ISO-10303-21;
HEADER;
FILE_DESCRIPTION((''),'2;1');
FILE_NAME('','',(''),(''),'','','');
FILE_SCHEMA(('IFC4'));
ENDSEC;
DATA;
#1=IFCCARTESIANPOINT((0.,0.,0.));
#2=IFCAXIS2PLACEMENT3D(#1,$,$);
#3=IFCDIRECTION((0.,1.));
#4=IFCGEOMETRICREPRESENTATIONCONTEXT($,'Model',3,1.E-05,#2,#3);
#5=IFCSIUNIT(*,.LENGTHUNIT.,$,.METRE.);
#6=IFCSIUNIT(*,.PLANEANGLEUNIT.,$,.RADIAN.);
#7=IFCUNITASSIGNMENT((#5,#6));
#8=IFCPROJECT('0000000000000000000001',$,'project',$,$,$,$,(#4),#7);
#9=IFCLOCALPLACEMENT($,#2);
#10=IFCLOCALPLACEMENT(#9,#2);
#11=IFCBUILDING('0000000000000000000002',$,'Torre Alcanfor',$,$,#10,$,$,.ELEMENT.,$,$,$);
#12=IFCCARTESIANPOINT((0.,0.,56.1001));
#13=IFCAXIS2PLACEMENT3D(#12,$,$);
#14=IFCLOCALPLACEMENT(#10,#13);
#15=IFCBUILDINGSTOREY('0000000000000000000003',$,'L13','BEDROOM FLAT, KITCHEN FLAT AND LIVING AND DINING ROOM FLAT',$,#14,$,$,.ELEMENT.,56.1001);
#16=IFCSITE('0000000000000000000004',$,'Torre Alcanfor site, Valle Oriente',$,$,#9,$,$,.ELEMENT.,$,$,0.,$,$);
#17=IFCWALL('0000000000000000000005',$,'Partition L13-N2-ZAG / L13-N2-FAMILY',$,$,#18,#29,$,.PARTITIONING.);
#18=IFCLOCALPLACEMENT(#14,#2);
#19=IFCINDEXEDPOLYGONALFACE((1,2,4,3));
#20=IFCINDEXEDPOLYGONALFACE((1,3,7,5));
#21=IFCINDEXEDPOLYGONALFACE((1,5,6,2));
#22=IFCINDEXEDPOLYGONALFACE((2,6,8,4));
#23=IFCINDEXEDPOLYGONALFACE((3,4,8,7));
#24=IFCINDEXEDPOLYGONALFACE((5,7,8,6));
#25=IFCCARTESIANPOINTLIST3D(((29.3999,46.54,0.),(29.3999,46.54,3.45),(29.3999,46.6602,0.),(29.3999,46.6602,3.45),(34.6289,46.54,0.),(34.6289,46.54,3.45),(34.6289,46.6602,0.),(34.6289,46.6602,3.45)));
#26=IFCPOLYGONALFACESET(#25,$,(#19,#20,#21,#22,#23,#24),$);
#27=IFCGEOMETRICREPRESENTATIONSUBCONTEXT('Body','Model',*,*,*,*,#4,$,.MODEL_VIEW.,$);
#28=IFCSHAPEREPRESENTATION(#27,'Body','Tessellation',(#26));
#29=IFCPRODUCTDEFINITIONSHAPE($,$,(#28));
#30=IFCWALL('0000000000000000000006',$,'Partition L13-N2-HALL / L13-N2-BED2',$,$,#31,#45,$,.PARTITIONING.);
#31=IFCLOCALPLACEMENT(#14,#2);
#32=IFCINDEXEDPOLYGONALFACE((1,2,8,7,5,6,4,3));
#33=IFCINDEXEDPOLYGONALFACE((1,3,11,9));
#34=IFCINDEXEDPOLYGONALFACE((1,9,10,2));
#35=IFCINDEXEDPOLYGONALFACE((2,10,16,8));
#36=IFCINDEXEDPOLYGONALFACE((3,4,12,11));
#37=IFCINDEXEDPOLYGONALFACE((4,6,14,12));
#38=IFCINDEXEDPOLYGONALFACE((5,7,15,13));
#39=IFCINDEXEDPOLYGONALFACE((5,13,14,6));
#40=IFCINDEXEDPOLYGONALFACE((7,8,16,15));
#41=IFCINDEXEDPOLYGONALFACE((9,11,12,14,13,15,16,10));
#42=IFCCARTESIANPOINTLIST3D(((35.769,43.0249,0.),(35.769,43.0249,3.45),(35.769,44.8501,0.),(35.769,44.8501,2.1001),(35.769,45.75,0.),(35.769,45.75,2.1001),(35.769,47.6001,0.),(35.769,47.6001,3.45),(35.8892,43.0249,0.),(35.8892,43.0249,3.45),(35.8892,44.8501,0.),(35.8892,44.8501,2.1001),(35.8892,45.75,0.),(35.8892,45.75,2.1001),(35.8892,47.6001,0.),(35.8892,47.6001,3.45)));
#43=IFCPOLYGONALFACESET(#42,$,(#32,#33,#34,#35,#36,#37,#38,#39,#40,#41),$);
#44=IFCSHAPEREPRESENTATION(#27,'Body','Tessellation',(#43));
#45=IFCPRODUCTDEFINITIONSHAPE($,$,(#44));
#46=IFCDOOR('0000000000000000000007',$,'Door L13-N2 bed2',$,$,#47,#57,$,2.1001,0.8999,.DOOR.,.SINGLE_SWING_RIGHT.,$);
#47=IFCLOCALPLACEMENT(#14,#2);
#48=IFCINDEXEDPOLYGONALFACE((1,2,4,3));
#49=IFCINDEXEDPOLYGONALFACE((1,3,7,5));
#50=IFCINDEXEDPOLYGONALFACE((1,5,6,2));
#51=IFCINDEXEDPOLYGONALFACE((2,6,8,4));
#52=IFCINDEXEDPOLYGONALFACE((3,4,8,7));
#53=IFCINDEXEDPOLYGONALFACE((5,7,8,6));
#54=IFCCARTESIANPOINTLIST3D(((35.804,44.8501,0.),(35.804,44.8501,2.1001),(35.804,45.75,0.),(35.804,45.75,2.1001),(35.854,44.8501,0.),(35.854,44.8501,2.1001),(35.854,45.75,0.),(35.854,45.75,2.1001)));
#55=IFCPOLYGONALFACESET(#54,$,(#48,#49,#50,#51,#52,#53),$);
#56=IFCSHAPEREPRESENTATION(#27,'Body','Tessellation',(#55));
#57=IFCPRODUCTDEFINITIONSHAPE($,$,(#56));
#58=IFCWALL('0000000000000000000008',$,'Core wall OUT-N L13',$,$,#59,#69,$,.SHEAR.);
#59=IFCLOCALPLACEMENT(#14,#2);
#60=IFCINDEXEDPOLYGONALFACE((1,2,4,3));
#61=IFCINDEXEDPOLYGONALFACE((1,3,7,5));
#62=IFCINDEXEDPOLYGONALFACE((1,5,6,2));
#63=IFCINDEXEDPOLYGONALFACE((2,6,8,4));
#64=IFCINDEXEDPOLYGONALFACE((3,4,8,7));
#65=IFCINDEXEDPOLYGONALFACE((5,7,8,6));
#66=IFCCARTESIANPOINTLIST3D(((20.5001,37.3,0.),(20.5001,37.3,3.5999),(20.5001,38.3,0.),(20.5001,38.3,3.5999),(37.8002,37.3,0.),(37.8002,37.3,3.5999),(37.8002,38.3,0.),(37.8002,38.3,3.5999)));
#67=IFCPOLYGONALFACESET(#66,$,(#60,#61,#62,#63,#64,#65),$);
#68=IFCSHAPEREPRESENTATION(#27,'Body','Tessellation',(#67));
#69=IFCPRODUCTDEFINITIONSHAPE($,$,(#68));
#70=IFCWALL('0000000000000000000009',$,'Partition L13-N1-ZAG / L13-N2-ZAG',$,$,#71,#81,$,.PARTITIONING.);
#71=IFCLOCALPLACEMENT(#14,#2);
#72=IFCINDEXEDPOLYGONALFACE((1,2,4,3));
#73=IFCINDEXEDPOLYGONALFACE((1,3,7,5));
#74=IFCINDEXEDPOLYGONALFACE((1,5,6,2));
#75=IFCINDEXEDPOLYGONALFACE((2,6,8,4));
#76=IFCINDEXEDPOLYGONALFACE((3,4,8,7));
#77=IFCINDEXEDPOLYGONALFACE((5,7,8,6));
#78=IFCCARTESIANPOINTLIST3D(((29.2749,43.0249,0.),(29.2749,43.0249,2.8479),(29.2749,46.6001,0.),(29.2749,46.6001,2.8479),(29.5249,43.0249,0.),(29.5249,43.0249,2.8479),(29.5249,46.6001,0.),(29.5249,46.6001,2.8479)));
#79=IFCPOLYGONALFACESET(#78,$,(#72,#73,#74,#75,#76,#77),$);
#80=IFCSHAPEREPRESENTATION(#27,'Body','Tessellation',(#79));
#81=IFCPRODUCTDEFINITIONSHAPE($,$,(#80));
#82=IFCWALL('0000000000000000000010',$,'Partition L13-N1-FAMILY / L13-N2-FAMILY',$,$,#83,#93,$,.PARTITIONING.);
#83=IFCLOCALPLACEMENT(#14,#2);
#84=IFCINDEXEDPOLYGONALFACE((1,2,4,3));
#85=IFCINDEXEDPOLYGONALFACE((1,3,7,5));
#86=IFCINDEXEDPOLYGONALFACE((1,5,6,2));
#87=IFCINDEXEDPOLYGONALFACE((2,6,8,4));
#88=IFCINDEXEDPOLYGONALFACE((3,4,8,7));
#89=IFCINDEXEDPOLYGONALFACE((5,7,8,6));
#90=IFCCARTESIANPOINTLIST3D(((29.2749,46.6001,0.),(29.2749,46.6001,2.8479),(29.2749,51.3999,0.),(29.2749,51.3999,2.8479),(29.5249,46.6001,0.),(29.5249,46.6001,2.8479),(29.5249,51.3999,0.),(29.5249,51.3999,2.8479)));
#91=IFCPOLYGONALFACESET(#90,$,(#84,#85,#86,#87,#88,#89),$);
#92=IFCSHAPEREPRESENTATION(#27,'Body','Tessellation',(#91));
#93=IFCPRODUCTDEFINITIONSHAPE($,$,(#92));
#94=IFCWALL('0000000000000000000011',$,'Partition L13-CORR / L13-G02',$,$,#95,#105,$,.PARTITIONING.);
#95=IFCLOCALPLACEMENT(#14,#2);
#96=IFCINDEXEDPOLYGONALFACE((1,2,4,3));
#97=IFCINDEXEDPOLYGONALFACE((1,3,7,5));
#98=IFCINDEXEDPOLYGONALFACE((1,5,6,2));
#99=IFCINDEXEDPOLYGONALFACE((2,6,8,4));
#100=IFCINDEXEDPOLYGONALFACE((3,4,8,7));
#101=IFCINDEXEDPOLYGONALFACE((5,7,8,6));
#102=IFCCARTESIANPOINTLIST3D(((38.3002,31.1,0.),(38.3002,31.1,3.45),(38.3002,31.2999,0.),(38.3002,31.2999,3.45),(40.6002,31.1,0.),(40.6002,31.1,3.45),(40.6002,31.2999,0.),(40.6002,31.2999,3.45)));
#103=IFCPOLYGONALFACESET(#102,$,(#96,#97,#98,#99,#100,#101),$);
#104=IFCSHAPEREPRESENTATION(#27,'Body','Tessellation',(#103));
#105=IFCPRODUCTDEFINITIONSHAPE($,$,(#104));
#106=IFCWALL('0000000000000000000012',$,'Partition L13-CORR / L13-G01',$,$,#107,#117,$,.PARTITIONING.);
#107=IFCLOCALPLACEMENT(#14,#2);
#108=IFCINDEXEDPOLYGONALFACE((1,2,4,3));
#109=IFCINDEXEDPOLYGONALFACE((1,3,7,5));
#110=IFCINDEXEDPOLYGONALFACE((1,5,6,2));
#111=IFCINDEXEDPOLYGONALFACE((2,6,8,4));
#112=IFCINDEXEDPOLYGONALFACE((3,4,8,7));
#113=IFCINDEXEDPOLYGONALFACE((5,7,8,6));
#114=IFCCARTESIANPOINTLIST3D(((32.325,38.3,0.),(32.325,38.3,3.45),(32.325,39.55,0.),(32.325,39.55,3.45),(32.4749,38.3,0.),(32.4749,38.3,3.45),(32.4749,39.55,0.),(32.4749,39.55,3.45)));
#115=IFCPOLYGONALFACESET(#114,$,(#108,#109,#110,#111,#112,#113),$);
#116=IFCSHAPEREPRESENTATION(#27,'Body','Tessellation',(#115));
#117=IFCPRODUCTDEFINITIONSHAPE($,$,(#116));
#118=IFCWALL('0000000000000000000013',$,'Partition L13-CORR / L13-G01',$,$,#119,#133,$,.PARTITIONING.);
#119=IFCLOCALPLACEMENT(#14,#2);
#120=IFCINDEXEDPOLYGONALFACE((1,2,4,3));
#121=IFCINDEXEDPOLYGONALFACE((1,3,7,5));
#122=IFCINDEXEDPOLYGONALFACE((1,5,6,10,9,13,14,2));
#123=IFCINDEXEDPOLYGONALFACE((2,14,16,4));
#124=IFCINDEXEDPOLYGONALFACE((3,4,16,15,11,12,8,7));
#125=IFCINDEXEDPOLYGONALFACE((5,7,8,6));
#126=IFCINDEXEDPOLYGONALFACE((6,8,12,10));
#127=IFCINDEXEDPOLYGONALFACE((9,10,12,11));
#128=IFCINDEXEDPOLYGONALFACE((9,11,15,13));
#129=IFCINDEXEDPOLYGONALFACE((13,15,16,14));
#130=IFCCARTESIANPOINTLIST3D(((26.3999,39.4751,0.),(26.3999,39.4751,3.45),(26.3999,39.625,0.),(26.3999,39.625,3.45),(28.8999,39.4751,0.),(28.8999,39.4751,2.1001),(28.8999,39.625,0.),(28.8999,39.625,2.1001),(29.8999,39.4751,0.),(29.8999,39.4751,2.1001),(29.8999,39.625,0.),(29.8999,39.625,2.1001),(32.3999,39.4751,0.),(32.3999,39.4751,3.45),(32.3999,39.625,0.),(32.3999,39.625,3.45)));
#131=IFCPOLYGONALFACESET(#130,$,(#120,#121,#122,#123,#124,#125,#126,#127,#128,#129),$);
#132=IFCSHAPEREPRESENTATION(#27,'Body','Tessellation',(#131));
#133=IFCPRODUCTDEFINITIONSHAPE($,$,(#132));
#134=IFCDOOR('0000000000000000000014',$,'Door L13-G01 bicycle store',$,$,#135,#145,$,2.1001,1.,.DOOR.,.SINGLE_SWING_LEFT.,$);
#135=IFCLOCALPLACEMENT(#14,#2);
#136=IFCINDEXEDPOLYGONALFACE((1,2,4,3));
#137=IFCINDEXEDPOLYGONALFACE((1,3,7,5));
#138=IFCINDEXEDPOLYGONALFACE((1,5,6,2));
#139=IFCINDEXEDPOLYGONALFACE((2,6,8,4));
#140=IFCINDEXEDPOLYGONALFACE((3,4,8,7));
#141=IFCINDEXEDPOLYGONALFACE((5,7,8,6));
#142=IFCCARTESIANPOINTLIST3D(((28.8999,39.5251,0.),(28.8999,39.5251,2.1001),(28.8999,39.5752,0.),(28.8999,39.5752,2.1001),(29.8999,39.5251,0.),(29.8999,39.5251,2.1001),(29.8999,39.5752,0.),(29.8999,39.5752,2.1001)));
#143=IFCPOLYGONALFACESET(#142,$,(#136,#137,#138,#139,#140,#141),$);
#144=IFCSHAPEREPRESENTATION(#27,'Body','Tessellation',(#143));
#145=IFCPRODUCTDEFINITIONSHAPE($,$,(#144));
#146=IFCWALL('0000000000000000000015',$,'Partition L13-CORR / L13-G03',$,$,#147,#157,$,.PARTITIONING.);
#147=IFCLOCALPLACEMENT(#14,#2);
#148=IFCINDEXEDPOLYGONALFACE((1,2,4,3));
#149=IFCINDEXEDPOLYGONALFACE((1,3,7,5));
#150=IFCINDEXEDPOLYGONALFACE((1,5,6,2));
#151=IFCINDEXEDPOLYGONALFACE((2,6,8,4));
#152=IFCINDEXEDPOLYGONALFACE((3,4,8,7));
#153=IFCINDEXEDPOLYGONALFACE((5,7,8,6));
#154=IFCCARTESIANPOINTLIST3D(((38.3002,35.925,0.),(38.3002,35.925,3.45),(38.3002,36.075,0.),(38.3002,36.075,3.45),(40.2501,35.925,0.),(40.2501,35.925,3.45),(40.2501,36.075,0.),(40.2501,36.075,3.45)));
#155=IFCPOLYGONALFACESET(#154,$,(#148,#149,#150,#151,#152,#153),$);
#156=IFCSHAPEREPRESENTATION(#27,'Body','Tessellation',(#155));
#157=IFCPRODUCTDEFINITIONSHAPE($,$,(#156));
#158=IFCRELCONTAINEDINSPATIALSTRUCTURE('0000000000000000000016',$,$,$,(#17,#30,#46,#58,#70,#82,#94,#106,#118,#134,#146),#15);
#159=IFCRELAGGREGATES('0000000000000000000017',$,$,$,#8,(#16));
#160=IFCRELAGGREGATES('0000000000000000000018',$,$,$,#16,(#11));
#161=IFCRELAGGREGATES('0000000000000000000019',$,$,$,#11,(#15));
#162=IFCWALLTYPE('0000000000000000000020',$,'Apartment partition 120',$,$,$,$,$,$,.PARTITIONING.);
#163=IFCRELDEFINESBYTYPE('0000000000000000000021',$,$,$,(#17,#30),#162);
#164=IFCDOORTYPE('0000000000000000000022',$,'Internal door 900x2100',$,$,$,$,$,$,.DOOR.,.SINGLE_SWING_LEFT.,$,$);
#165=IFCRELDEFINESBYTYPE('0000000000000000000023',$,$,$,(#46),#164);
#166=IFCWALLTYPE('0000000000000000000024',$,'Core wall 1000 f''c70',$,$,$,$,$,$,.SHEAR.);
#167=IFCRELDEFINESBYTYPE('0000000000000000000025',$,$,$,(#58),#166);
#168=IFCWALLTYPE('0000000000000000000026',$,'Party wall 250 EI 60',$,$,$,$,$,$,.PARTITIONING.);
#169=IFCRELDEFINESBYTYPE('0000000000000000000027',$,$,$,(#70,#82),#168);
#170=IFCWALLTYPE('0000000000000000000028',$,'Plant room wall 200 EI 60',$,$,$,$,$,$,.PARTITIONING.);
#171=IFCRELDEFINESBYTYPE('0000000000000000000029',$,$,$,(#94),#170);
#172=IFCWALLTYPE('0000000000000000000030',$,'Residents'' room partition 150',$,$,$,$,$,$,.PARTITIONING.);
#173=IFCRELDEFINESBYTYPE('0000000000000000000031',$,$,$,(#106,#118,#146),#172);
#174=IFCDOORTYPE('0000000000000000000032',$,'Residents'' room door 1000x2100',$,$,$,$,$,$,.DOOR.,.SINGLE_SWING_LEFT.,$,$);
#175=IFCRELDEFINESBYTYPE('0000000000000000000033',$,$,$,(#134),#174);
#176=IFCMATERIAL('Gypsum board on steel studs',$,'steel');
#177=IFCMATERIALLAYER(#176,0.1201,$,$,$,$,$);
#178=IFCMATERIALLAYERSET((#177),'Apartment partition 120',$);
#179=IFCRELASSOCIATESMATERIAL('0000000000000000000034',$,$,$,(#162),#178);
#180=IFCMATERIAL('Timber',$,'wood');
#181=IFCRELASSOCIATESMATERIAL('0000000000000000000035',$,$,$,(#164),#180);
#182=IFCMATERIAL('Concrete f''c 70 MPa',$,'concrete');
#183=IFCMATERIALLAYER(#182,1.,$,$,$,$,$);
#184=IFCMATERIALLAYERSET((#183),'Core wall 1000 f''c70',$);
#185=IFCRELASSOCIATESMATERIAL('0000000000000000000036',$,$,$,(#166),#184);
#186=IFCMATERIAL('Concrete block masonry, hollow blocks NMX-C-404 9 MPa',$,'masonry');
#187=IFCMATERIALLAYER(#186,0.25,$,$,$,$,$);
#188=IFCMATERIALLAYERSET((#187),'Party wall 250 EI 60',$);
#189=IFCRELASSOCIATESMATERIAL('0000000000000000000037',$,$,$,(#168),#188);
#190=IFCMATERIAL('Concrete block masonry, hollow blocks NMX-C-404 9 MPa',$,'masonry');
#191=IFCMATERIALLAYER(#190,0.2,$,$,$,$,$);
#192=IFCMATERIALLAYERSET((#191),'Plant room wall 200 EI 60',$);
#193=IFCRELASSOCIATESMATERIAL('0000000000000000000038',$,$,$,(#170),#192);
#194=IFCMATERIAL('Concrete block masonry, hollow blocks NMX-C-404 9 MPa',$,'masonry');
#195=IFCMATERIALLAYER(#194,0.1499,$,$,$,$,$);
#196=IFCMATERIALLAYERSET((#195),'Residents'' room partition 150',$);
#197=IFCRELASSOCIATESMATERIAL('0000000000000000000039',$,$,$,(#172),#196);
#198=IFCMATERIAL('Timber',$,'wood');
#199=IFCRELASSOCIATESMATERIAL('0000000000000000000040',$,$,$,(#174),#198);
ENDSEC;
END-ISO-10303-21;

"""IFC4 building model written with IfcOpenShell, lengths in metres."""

from ifc_helpers import new_model, si_unit, direction, frame, frame_2d, origin, place, context, subcontext, project, spatial, rectangle, extrude, material, layer, layer_set, type_object, element, fill, save


model = new_model("IFC4")

# Units and contexts
model_context = context("Model", 3, precision=1e-05, world=origin(), true_north=direction((0.0, 1.0)))
body_context = subcontext(model_context, "Body", "Model", "MODEL_VIEW")
ifc_project = project(units=[si_unit("LENGTHUNIT", "METRE"), si_unit("PLANEANGLEUNIT", "RADIAN")], contexts=[model_context])

# Site, building, storey
site_placement = place(None, origin())
site = spatial("IfcSite", under=ifc_project, at=site_placement, Name="Torre Alcanfor site, Valle Oriente", CompositionType="ELEMENT", RefElevation=0.0)
building_placement = place(site_placement, origin())
building = spatial("IfcBuilding", under=site, at=building_placement, Name="Torre Alcanfor", CompositionType="ELEMENT")
storey_placement = place(building_placement, frame((0.0, 0.0, 56.1001)))
storey = spatial("IfcBuildingStorey", under=building, at=storey_placement, Name="L13", Description="BEDROOM FLAT, KITCHEN FLAT AND LIVING AND DINING ROOM FLAT", CompositionType="ELEMENT", Elevation=56.1001)

# Wall
ifc_material_1 = material(Name="Gypsum board on steel studs", Category="steel")
ifc_layer_1 = layer(ifc_material_1, 0.1201)
ifc_layer_set_1 = layer_set([ifc_layer_1], Name="Apartment partition 120")
wall_type_1 = type_object("IfcWallType", Name="Apartment partition 120", PredefinedType="PARTITIONING", material=ifc_layer_set_1)
wall_1_placement = place(storey_placement, frame((29.3999, 46.6001, 0.0), z_axis=(0.0, 0.0, 1.0), x_axis=(1.0, 0.0, 0.0)))
element("IfcWall", 1, at=wall_1_placement, inside=storey, type_object=wall_type_1, Name="Partition L13-N2-ZAG / L13-N2-FAMILY", PredefinedType="PARTITIONING", context=body_context, shape_type="SweptSolid", body=[
    extrude(rectangle(XDim=5.229, YDim=0.1201, at=frame_2d((2.6145, 0.0))), origin(), (0.0, 0.0, 1.0), 3.45),
])

# Wall, opening, door
wall_2_placement = place(storey_placement, frame((35.8291, 47.6001, 0.0), z_axis=(0.0, 0.0, 1.0), x_axis=(0.0, -1.0, 0.0)))
wall_2 = element("IfcWall", 2, at=wall_2_placement, inside=storey, type_object=wall_type_1, Name="Partition L13-N2-HALL / L13-N2-BED2", PredefinedType="PARTITIONING", context=body_context, shape_type="SweptSolid", body=[
    extrude(rectangle(XDim=4.5752, YDim=0.1201, at=frame_2d((2.2876, 0.0))), origin(), (0.0, 0.0, 1.0), 3.45),
])
opening_1_placement = place(wall_2_placement, frame((1.8501, 0.0, 0.0)))
opening_1 = element("IfcOpeningElement", 3, at=opening_1_placement, cuts=wall_2, PredefinedType="OPENING", context=body_context, shape_type="SweptSolid", body=[
    extrude(rectangle(XDim=0.8999, YDim=2.1001, at=frame_2d((0.45, 1.05))), frame((0.0, 0.0701, 0.0), z_axis=(0.0, -1.0, 0.0), x_axis=(1.0, 0.0, 0.0)), (0.0, 0.0, 1.0), 0.1401),
])
ifc_material_2 = material(Name="Timber", Category="wood")
door_type_1 = type_object("IfcDoorType", Name="Internal door 900x2100", OperationType="SINGLE_SWING_LEFT", PredefinedType="DOOR", material=ifc_material_2)
door_1_placement = place(opening_1_placement, origin())
door_1 = element("IfcDoor", 4, at=door_1_placement, inside=storey, type_object=door_type_1, Name="Door L13-N2 bed2", OperationType="SINGLE_SWING_RIGHT", OverallHeight=2.1001, OverallWidth=0.8999, PredefinedType="DOOR", context=body_context, shape_type="SweptSolid", body=[
    extrude(rectangle(XDim=0.8999, YDim=2.1001, at=frame_2d((0.45, 1.05))), frame((0.0, 0.0249, 0.0), z_axis=(0.0, -1.0, 0.0), x_axis=(1.0, 0.0, 0.0)), (0.0, 0.0, 1.0), 0.05),
])
fill(opening_1, door_1)

# Walls
ifc_material_3 = material(Name="Concrete f'c 70 MPa", Category="concrete")
ifc_layer_2 = layer(ifc_material_3, 1.0)
ifc_layer_set_2 = layer_set([ifc_layer_2], Name="Core wall 1000 f'c70")
wall_type_2 = type_object("IfcWallType", Name="Core wall 1000 f'c70", PredefinedType="SHEAR", material=ifc_layer_set_2)
wall_3_placement = place(storey_placement, frame((37.8, 37.8, 0.0), z_axis=(0.0, 0.0, 1.0), x_axis=(-1.0, 0.0, 0.0)))
element("IfcWall", 5, at=wall_3_placement, inside=storey, type_object=wall_type_2, Name="Core wall OUT-N L13", PredefinedType="SHEAR", context=body_context, shape_type="SweptSolid", body=[
    extrude(rectangle(XDim=17.3, YDim=1.0, at=frame_2d((8.6499, 0.0))), origin(), (0.0, 0.0, 1.0), 3.5999),
])
ifc_material_4 = material(Name="Concrete block masonry, hollow blocks NMX-C-404 9 MPa", Category="masonry")
ifc_layer_3 = layer(ifc_material_4, 0.25)
ifc_layer_set_3 = layer_set([ifc_layer_3], Name="Party wall 250 EI 60")
wall_type_3 = type_object("IfcWallType", Name="Party wall 250 EI 60", PredefinedType="PARTITIONING", material=ifc_layer_set_3)
wall_4_placement = place(storey_placement, frame((29.3999, 43.0249, 0.0), z_axis=(0.0, 0.0, 1.0), x_axis=(0.0, 1.0, 0.0)))
element("IfcWall", 6, at=wall_4_placement, inside=storey, type_object=wall_type_3, Name="Partition L13-N1-ZAG / L13-N2-ZAG", PredefinedType="PARTITIONING", context=body_context, shape_type="SweptSolid", body=[
    extrude(rectangle(XDim=3.5752, YDim=0.25, at=frame_2d((1.7876, 0.0))), origin(), (0.0, 0.0, 1.0), 2.8479),
])
wall_5_placement = place(storey_placement, frame((29.3999, 46.6001, 0.0), z_axis=(0.0, 0.0, 1.0), x_axis=(0.0, 1.0, 0.0)))
element("IfcWall", 7, at=wall_5_placement, inside=storey, type_object=wall_type_3, Name="Partition L13-N1-FAMILY / L13-N2-FAMILY", PredefinedType="PARTITIONING", context=body_context, shape_type="SweptSolid", body=[
    extrude(rectangle(XDim=4.7998, YDim=0.25, at=frame_2d((2.3999, 0.0))), origin(), (0.0, 0.0, 1.0), 2.8479),
])
ifc_material_5 = material(Name="Concrete block masonry, hollow blocks NMX-C-404 9 MPa", Category="masonry")
ifc_layer_4 = layer(ifc_material_5, 0.2)
ifc_layer_set_4 = layer_set([ifc_layer_4], Name="Plant room wall 200 EI 60")
wall_type_4 = type_object("IfcWallType", Name="Plant room wall 200 EI 60", PredefinedType="PARTITIONING", material=ifc_layer_set_4)
wall_6_placement = place(storey_placement, frame((40.6001, 31.2, 0.0), z_axis=(0.0, 0.0, 1.0), x_axis=(-1.0, 0.0, 0.0)))
element("IfcWall", 8, at=wall_6_placement, inside=storey, type_object=wall_type_4, Name="Partition L13-CORR / L13-G02", PredefinedType="PARTITIONING", context=body_context, shape_type="SweptSolid", body=[
    extrude(rectangle(XDim=2.3, YDim=0.2, at=frame_2d((1.1499, 0.0))), origin(), (0.0, 0.0, 1.0), 3.45),
])
ifc_material_6 = material(Name="Concrete block masonry, hollow blocks NMX-C-404 9 MPa", Category="masonry")
ifc_layer_5 = layer(ifc_material_6, 0.1499)
ifc_layer_set_5 = layer_set([ifc_layer_5], Name="Residents' room partition 150")
wall_type_5 = type_object("IfcWallType", Name="Residents' room partition 150", PredefinedType="PARTITIONING", material=ifc_layer_set_5)
wall_7_placement = place(storey_placement, frame((32.3999, 38.3, 0.0), z_axis=(0.0, 0.0, 1.0), x_axis=(0.0, 1.0, 0.0)))
element("IfcWall", 9, at=wall_7_placement, inside=storey, type_object=wall_type_5, Name="Partition L13-CORR / L13-G01", PredefinedType="PARTITIONING", context=body_context, shape_type="SweptSolid", body=[
    extrude(rectangle(XDim=1.25, YDim=0.1499, at=frame_2d((0.625, 0.0))), origin(), (0.0, 0.0, 1.0), 3.45),
])

# Wall, opening, door
wall_8_placement = place(storey_placement, frame((32.3999, 39.55, 0.0), z_axis=(0.0, 0.0, 1.0), x_axis=(-1.0, 0.0, 0.0)))
wall_8 = element("IfcWall", 10, at=wall_8_placement, inside=storey, type_object=wall_type_5, Name="Partition L13-CORR / L13-G01", PredefinedType="PARTITIONING", context=body_context, shape_type="SweptSolid", body=[
    extrude(rectangle(XDim=6.0, YDim=0.1499, at=frame_2d((3.0, 0.0))), origin(), (0.0, 0.0, 1.0), 3.45),
])
opening_2_placement = place(wall_8_placement, frame((2.5, 0.0, 0.0)))
opening_2 = element("IfcOpeningElement", 11, at=opening_2_placement, cuts=wall_8, PredefinedType="OPENING", context=body_context, shape_type="SweptSolid", body=[
    extrude(rectangle(XDim=1.0, YDim=2.1001, at=frame_2d((0.5, 1.05))), frame((0.0, 0.085, 0.0), z_axis=(0.0, -1.0, 0.0), x_axis=(1.0, 0.0, 0.0)), (0.0, 0.0, 1.0), 0.1699),
])
ifc_material_7 = material(Name="Timber", Category="wood")
door_type_2 = type_object("IfcDoorType", Name="Residents' room door 1000x2100", OperationType="SINGLE_SWING_LEFT", PredefinedType="DOOR", material=ifc_material_7)
door_2_placement = place(opening_2_placement, origin())
door_2 = element("IfcDoor", 12, at=door_2_placement, inside=storey, type_object=door_type_2, Name="Door L13-G01 bicycle store", OperationType="SINGLE_SWING_LEFT", OverallHeight=2.1001, OverallWidth=1.0, PredefinedType="DOOR", context=body_context, shape_type="SweptSolid", body=[
    extrude(rectangle(XDim=1.0, YDim=2.1001, at=frame_2d((0.5, 1.05))), frame((0.0, 0.0249, 0.0), z_axis=(0.0, -1.0, 0.0), x_axis=(1.0, 0.0, 0.0)), (0.0, 0.0, 1.0), 0.05),
])
fill(opening_2, door_2)

# Wall
wall_9_placement = place(storey_placement, frame((38.3, 36.0, 0.0), z_axis=(0.0, 0.0, 1.0), x_axis=(1.0, 0.0, 0.0)))
element("IfcWall", 13, at=wall_9_placement, inside=storey, type_object=wall_type_5, Name="Partition L13-CORR / L13-G03", PredefinedType="PARTITIONING", context=body_context, shape_type="SweptSolid", body=[
    extrude(rectangle(XDim=1.95, YDim=0.1499, at=frame_2d((0.9751, 0.0))), origin(), (0.0, 0.0, 1.0), 3.45),
])

save(model, "model.ifc")
